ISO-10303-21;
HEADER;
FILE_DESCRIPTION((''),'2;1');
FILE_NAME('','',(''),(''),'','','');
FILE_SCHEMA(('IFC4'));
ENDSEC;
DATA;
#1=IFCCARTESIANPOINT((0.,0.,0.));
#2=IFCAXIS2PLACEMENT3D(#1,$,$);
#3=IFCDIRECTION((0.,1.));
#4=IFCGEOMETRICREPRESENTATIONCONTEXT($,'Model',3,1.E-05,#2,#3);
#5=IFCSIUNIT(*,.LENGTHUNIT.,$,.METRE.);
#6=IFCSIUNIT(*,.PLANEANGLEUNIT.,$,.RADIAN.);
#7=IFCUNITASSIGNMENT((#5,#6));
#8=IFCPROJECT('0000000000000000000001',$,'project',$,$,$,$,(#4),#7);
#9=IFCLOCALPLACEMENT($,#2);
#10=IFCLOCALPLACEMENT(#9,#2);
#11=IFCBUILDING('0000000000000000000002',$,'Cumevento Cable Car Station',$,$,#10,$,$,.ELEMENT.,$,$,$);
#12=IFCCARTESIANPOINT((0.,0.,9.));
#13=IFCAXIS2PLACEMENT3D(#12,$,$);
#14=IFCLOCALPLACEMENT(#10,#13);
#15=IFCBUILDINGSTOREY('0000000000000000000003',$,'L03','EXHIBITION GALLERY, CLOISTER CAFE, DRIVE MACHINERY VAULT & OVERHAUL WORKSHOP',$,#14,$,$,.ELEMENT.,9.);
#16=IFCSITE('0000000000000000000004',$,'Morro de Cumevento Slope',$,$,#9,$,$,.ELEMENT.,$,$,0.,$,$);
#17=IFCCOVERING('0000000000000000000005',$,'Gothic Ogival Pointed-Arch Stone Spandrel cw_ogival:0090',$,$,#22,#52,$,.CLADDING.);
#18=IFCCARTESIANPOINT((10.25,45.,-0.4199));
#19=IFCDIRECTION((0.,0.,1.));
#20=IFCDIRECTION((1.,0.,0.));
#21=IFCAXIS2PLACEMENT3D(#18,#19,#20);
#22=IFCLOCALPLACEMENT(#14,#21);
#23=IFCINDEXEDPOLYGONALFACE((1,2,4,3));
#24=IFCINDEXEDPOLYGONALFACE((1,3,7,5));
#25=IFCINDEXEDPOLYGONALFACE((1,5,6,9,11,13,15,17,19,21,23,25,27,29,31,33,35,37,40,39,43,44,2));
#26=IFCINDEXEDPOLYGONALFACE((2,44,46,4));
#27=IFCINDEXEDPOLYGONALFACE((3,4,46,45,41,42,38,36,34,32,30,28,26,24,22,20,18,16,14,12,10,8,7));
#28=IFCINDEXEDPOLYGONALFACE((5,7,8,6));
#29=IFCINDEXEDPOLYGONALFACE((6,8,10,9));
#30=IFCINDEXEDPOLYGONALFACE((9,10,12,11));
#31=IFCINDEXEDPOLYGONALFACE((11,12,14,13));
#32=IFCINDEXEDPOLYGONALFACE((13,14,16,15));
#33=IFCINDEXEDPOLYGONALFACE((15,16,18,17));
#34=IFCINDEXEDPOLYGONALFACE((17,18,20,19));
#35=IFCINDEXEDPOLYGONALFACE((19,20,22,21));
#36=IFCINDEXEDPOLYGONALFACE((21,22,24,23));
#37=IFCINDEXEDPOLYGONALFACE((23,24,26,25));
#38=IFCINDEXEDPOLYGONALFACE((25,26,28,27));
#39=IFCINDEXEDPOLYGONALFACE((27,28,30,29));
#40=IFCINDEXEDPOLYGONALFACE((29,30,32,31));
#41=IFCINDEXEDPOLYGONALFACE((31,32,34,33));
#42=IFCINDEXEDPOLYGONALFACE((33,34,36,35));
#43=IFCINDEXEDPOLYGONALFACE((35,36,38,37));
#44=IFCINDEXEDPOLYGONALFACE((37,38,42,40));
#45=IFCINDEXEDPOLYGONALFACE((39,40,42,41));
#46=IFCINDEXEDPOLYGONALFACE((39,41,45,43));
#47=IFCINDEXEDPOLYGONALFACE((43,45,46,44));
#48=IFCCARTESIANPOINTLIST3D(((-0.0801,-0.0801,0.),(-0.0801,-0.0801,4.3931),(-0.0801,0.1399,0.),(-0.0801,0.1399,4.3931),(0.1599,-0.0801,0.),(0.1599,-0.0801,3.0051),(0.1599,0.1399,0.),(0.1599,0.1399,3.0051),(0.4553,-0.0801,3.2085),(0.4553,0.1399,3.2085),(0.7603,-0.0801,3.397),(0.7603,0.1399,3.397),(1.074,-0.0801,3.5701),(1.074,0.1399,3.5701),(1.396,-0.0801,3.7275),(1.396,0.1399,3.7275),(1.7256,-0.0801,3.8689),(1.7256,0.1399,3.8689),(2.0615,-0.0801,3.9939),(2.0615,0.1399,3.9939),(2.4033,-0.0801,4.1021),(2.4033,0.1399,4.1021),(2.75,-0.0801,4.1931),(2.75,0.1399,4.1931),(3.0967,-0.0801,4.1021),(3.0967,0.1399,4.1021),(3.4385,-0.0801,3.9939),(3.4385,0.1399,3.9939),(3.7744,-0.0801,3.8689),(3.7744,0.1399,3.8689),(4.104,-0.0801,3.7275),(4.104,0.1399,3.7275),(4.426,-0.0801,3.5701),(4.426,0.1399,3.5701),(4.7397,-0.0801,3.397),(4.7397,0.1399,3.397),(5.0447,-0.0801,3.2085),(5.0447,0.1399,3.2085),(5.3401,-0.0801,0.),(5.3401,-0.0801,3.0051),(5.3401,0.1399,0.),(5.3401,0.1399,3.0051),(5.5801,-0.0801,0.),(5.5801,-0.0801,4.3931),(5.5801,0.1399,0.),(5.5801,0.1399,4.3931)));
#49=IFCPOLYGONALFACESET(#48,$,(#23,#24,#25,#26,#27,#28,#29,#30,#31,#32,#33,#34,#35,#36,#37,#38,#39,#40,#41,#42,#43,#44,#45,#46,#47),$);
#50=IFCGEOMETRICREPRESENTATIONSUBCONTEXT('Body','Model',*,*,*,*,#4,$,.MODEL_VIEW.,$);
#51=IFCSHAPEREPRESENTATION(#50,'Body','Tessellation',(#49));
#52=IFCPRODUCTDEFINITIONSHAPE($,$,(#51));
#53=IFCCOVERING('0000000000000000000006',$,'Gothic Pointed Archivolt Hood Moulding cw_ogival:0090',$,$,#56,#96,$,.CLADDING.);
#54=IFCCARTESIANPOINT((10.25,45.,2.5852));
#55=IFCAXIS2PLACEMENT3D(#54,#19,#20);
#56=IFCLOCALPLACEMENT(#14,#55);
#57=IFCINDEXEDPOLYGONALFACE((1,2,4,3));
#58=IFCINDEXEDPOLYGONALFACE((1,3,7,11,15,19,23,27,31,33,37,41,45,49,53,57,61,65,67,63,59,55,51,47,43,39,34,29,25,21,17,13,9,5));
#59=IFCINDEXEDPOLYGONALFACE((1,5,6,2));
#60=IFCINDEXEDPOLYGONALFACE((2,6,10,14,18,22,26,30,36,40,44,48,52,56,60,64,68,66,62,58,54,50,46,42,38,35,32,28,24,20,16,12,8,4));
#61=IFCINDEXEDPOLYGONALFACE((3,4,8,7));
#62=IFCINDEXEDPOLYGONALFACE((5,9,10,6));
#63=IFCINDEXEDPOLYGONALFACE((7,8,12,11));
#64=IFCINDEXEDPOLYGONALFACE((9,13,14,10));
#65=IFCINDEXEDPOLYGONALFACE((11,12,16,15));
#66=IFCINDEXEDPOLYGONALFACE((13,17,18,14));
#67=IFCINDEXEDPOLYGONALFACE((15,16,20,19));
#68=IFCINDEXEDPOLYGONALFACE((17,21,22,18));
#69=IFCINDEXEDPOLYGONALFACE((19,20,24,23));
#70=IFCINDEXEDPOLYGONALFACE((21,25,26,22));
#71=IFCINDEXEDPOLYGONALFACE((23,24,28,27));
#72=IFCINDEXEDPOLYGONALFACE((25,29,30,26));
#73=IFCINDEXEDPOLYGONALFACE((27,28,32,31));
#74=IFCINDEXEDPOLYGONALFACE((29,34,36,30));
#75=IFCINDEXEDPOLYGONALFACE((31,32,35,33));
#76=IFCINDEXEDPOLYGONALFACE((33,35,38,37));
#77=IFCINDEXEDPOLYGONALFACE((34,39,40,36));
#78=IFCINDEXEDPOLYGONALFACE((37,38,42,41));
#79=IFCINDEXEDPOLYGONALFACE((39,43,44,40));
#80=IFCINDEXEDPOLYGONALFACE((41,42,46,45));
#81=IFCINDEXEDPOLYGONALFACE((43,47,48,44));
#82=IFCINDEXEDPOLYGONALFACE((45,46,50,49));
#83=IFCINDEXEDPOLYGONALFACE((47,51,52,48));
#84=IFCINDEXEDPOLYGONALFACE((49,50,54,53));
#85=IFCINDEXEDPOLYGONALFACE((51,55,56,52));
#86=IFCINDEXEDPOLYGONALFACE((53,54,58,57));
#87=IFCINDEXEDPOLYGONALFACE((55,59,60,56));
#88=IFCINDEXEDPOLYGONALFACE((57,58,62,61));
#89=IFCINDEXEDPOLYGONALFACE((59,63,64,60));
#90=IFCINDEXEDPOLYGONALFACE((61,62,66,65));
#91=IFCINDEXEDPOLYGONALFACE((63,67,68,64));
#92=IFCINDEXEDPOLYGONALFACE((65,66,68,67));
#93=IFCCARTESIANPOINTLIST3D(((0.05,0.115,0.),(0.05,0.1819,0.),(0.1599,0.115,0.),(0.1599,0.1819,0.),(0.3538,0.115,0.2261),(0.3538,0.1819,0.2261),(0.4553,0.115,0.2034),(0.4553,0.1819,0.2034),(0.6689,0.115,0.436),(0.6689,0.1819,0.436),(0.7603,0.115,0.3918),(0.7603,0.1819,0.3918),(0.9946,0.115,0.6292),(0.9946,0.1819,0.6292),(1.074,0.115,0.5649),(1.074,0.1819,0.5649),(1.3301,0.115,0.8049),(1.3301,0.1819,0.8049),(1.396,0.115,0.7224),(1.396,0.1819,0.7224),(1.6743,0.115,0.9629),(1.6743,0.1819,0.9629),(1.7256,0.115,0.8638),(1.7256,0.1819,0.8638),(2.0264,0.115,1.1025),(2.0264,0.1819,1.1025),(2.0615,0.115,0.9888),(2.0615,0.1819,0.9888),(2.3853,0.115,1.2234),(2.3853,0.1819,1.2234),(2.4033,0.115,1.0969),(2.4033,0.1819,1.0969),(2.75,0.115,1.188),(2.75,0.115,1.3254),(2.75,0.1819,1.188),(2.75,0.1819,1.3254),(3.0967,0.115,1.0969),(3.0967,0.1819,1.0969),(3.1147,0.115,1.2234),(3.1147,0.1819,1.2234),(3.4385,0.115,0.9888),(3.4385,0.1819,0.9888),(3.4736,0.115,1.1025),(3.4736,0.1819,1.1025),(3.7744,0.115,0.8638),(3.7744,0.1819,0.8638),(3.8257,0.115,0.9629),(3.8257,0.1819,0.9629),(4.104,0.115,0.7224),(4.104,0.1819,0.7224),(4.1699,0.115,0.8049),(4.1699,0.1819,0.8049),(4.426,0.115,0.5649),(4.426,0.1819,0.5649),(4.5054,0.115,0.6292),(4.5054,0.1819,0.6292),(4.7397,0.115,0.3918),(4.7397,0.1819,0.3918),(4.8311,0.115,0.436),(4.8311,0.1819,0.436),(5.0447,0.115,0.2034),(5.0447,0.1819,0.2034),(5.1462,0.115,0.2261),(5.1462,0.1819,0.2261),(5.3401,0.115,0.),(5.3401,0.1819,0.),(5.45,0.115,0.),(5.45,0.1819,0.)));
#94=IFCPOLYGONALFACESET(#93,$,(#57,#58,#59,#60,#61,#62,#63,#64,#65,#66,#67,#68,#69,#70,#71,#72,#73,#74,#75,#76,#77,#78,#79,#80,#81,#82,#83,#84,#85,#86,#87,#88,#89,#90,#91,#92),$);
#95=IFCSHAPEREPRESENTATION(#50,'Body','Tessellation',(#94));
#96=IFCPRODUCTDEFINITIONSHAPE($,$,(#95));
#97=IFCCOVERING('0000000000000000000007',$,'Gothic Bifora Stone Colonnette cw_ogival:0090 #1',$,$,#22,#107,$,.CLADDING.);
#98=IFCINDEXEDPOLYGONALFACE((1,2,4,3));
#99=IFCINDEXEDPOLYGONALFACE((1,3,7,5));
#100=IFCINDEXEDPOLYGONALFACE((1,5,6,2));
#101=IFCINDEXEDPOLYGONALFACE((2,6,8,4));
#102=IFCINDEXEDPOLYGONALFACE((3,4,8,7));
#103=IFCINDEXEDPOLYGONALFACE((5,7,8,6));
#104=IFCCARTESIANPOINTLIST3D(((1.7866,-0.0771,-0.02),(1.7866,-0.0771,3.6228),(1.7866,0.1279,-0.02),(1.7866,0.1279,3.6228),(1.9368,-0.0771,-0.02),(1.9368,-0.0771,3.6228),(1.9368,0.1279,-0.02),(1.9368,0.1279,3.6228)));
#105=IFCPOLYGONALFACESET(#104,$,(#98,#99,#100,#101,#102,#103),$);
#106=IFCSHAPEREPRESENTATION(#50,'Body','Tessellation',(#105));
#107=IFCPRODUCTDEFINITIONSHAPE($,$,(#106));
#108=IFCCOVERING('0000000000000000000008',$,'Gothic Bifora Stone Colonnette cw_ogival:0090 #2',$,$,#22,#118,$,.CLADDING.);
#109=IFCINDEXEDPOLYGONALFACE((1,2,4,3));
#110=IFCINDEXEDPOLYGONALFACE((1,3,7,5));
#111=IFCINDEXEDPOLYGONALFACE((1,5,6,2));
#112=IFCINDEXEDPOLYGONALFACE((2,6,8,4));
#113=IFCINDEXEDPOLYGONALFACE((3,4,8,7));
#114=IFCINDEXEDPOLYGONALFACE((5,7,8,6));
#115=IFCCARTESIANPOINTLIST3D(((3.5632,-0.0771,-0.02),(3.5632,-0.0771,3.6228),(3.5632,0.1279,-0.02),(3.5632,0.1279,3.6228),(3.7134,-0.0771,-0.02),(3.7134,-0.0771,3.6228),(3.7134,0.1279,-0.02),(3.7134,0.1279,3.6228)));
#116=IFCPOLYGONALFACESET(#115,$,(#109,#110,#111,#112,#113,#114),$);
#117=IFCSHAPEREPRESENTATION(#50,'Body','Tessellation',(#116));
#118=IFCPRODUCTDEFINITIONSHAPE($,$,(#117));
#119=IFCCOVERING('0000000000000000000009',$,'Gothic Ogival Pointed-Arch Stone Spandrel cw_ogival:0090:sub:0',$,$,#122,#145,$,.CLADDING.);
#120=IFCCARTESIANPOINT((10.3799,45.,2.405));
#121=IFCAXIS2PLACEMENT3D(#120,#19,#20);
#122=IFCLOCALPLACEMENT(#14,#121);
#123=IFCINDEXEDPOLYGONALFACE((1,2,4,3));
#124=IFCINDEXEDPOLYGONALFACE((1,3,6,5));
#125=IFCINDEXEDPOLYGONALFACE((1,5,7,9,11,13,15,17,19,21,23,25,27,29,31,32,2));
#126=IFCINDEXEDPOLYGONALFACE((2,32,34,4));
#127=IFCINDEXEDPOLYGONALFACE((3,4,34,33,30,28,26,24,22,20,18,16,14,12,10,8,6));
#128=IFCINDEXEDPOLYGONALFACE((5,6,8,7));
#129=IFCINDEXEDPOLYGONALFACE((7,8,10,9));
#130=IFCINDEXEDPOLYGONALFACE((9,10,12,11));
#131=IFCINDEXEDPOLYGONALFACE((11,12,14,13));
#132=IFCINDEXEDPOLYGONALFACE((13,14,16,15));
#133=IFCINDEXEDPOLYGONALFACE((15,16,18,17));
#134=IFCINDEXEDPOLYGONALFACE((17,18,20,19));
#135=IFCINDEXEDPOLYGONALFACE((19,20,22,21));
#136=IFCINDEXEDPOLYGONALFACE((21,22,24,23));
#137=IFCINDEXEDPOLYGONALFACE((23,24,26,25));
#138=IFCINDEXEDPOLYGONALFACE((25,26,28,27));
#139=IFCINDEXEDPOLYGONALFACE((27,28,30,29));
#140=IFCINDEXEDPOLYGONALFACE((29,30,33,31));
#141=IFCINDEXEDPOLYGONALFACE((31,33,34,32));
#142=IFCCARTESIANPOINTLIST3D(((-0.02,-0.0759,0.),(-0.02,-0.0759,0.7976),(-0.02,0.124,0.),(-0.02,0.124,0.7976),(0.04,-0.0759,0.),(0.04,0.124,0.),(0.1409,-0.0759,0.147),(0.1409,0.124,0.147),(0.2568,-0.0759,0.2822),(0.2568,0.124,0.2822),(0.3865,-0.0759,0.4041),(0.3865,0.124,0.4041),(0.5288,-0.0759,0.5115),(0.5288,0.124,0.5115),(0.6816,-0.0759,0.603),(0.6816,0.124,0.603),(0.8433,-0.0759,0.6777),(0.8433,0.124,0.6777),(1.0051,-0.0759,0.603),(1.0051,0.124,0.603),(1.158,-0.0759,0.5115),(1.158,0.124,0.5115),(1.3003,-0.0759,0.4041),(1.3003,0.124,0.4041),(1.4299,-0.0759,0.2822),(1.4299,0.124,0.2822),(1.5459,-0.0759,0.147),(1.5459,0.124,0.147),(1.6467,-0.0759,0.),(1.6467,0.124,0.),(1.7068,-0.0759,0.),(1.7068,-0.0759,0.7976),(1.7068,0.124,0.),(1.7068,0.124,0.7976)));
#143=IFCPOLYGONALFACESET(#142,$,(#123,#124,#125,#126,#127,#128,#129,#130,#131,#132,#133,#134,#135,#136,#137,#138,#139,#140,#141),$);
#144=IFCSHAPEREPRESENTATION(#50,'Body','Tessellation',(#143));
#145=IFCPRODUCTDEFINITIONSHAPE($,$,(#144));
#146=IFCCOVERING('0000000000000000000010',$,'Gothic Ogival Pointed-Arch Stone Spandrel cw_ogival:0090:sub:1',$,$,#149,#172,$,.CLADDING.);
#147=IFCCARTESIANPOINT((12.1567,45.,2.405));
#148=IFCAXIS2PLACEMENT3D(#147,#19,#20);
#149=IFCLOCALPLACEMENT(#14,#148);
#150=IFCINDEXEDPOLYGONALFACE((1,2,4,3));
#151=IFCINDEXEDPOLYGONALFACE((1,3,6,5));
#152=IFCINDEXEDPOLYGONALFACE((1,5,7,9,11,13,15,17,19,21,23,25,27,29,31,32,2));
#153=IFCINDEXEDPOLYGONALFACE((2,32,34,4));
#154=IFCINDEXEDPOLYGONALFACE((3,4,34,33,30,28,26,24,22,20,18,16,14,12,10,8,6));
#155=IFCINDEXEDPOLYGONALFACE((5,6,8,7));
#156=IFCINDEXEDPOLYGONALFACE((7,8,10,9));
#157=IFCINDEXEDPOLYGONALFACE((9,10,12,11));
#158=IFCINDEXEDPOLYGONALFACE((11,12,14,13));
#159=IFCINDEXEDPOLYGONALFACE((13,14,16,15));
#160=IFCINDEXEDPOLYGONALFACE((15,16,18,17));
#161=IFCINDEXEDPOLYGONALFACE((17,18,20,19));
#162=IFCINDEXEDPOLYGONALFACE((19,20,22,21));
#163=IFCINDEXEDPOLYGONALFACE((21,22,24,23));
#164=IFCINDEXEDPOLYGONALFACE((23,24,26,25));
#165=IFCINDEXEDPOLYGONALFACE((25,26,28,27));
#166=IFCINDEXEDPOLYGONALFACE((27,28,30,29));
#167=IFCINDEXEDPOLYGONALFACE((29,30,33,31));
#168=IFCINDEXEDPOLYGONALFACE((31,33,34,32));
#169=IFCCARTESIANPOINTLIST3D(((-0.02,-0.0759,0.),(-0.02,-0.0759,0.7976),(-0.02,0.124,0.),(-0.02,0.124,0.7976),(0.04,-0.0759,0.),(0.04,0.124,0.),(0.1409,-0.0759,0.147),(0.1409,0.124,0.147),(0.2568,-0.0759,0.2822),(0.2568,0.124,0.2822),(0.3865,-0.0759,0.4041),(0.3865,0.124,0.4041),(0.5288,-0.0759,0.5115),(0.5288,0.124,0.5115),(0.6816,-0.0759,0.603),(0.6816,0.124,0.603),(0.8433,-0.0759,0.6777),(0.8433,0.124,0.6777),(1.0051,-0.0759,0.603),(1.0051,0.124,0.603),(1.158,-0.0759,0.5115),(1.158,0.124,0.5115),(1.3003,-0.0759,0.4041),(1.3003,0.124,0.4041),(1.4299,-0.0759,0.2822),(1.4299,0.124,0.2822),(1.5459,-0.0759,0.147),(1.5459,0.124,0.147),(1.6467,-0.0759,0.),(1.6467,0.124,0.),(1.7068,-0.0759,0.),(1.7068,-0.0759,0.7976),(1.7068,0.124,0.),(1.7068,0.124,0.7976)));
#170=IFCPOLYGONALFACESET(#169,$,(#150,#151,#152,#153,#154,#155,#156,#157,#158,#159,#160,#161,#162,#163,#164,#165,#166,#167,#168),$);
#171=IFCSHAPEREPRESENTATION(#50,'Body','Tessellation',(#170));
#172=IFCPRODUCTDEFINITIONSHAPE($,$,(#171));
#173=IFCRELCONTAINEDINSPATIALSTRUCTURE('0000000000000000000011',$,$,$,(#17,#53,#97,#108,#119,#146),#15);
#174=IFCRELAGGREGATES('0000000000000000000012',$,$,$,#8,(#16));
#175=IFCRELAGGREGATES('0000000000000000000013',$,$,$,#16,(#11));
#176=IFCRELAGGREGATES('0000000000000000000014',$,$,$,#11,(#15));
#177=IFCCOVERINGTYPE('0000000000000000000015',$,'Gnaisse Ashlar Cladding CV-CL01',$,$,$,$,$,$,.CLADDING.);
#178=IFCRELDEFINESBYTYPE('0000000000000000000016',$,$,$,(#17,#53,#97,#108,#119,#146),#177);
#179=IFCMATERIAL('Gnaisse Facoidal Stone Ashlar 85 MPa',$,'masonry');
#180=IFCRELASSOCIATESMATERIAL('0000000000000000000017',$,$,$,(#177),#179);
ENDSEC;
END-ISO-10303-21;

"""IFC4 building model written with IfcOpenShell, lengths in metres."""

from ifc_helpers import new_model, si_unit, direction, frame, origin, place, context, subcontext, project, spatial, polyline, outline, extrude, material, type_object, element, save


model = new_model("IFC4")

# Units and contexts
model_context = context("Model", 3, precision=1e-05, world=origin(), true_north=direction((0.0, 1.0)))
body_context = subcontext(model_context, "Body", "Model", "MODEL_VIEW")
ifc_project = project(units=[si_unit("LENGTHUNIT", "METRE"), si_unit("PLANEANGLEUNIT", "RADIAN")], contexts=[model_context])

# Site, building, storey
site_placement = place(None, origin())
site = spatial("IfcSite", under=ifc_project, at=site_placement, Name="Morro de Cumevento Slope", CompositionType="ELEMENT", RefElevation=0.0)
building_placement = place(site_placement, origin())
building = spatial("IfcBuilding", under=site, at=building_placement, Name="Cumevento Cable Car Station", CompositionType="ELEMENT")
storey_placement = place(building_placement, frame((0.0, 0.0, 9.0)))
storey = spatial("IfcBuildingStorey", under=building, at=storey_placement, Name="L03", Description="EXHIBITION GALLERY, CLOISTER CAFE, DRIVE MACHINERY VAULT & OVERHAUL WORKSHOP", CompositionType="ELEMENT", Elevation=9.0)

# Coverings
ifc_material_1 = material(Name="Gnaisse Facoidal Stone Ashlar 85 MPa", Category="masonry")
covering_type = type_object("IfcCoveringType", Name="Gnaisse Ashlar Cladding CV-CL01", PredefinedType="CLADDING", material=ifc_material_1)
placement = place(storey_placement, frame((10.25, 45.0, -0.4199), z_axis=(0.0, 0.0, 1.0), x_axis=(1.0, 0.0, 0.0)))
element("IfcCovering", 1, at=placement, inside=storey, type_object=covering_type, Name="Gothic Ogival Pointed-Arch Stone Spandrel cw_ogival:0090", PredefinedType="CLADDING", context=body_context, shape_type="SweptSolid", body=[
    extrude(outline(polyline([(-0.0801, 0.0), (-0.0801, 4.3931), (5.5801, 4.3931), (5.5801, 0.0), (5.3401, 0.0), (5.3401, 3.0051), (5.0447, 3.2085), (4.7397, 3.397), (4.426, 3.5701), (4.104, 3.7275), (3.7744, 3.8689), (3.4385, 3.9939), (3.0967, 4.1021), (2.75, 4.1931), (2.4033, 4.1021), (2.0615, 3.9939), (1.7256, 3.8689), (1.396, 3.7275), (1.074, 3.5701), (0.7603, 3.397), (0.4553, 3.2085), (0.1599, 3.0051), (0.1599, 0.0), (-0.0801, 0.0)])), frame((0.0, 0.1399, 0.0), z_axis=(0.0, -1.0, 0.0), x_axis=(1.0, 0.0, 0.0)), (0.0, 0.0, 1.0), 0.22),
])
covering_1_placement = place(storey_placement, frame((10.25, 45.0, 2.5852), z_axis=(0.0, 0.0, 1.0), x_axis=(1.0, 0.0, 0.0)))
element("IfcCovering", 2, at=covering_1_placement, inside=storey, type_object=covering_type, Name="Gothic Pointed Archivolt Hood Moulding cw_ogival:0090", PredefinedType="CLADDING", context=body_context, shape_type="SweptSolid", body=[
    extrude(outline(polyline([(0.1599, 0.0), (0.4553, 0.2034), (0.7603, 0.3918), (1.074, 0.5649), (1.396, 0.7224), (1.7256, 0.8638), (2.0615, 0.9888), (2.4033, 1.0969), (2.75, 1.188), (3.0967, 1.0969), (3.4385, 0.9888), (3.7744, 0.8638), (4.104, 0.7224), (4.426, 0.5649), (4.7397, 0.3918), (5.0447, 0.2034), (5.3401, 0.0), (5.45, 0.0), (5.1462, 0.2261), (4.8311, 0.436), (4.5054, 0.6292), (4.1699, 0.8049), (3.8257, 0.9629), (3.4736, 1.1025), (3.1147, 1.2234), (2.75, 1.3254), (2.3853, 1.2234), (2.0264, 1.1025), (1.6743, 0.9629), (1.3301, 0.8049), (0.9946, 0.6292), (0.6689, 0.436), (0.3538, 0.2261), (0.05, 0.0), (0.1599, 0.0)])), frame((0.0, 0.1819, 0.0), z_axis=(0.0, -1.0, 0.0), x_axis=(1.0, 0.0, 0.0)), (0.0, 0.0, 1.0), 0.0669),
])
element("IfcCovering", 3, at=placement, inside=storey, type_object=covering_type, Name="Gothic Bifora Stone Colonnette cw_ogival:0090 #1", PredefinedType="CLADDING", context=body_context, shape_type="SweptSolid", body=[
    extrude(outline(polyline([(1.7866, -0.02), (1.9368, -0.02), (1.9368, 3.6228), (1.7866, 3.6228), (1.7866, -0.02)])), frame((0.0, 0.1279, 0.0), z_axis=(0.0, -1.0, 0.0), x_axis=(1.0, 0.0, 0.0)), (0.0, 0.0, 1.0), 0.2051),
])
element("IfcCovering", 4, at=placement, inside=storey, type_object=covering_type, Name="Gothic Bifora Stone Colonnette cw_ogival:0090 #2", PredefinedType="CLADDING", context=body_context, shape_type="SweptSolid", body=[
    extrude(outline(polyline([(3.5632, -0.02), (3.7134, -0.02), (3.7134, 3.6228), (3.5632, 3.6228), (3.5632, -0.02)])), frame((0.0, 0.1279, 0.0), z_axis=(0.0, -1.0, 0.0), x_axis=(1.0, 0.0, 0.0)), (0.0, 0.0, 1.0), 0.2051),
])
for number, where, z_axis, x_axis, name in (
    (5, (10.3799, 45.0, 2.405), (0.0, 0.0, 1.0), (1.0, 0.0, 0.0), "Gothic Ogival Pointed-Arch Stone Spandrel cw_ogival:0090:sub:0"),
    (6, (12.1567, 45.0, 2.405), (0.0, 0.0, 1.0), (1.0, 0.0, 0.0), "Gothic Ogival Pointed-Arch Stone Spandrel cw_ogival:0090:sub:1"),
):
    element("IfcCovering", number, at=place(storey_placement, frame(where, z_axis=z_axis, x_axis=x_axis)), inside=storey, type_object=covering_type, Name=name, PredefinedType="CLADDING", context=body_context, shape_type="SweptSolid", body=[
        extrude(outline(polyline([(-0.02, 0.0), (-0.02, 0.7976), (1.7068, 0.7976), (1.7068, 0.0), (1.6467, 0.0), (1.5459, 0.147), (1.4299, 0.2822), (1.3003, 0.4041), (1.158, 0.5115), (1.0051, 0.603), (0.8433, 0.6777), (0.6816, 0.603), (0.5288, 0.5115), (0.3865, 0.4041), (0.2568, 0.2822), (0.1409, 0.147), (0.04, 0.0), (-0.02, 0.0)])), frame((0.0, 0.124, 0.0), z_axis=(0.0, -1.0, 0.0), x_axis=(1.0, 0.0, 0.0)), (0.0, 0.0, 1.0), 0.2),
    ])

save(model, "model.ifc")
